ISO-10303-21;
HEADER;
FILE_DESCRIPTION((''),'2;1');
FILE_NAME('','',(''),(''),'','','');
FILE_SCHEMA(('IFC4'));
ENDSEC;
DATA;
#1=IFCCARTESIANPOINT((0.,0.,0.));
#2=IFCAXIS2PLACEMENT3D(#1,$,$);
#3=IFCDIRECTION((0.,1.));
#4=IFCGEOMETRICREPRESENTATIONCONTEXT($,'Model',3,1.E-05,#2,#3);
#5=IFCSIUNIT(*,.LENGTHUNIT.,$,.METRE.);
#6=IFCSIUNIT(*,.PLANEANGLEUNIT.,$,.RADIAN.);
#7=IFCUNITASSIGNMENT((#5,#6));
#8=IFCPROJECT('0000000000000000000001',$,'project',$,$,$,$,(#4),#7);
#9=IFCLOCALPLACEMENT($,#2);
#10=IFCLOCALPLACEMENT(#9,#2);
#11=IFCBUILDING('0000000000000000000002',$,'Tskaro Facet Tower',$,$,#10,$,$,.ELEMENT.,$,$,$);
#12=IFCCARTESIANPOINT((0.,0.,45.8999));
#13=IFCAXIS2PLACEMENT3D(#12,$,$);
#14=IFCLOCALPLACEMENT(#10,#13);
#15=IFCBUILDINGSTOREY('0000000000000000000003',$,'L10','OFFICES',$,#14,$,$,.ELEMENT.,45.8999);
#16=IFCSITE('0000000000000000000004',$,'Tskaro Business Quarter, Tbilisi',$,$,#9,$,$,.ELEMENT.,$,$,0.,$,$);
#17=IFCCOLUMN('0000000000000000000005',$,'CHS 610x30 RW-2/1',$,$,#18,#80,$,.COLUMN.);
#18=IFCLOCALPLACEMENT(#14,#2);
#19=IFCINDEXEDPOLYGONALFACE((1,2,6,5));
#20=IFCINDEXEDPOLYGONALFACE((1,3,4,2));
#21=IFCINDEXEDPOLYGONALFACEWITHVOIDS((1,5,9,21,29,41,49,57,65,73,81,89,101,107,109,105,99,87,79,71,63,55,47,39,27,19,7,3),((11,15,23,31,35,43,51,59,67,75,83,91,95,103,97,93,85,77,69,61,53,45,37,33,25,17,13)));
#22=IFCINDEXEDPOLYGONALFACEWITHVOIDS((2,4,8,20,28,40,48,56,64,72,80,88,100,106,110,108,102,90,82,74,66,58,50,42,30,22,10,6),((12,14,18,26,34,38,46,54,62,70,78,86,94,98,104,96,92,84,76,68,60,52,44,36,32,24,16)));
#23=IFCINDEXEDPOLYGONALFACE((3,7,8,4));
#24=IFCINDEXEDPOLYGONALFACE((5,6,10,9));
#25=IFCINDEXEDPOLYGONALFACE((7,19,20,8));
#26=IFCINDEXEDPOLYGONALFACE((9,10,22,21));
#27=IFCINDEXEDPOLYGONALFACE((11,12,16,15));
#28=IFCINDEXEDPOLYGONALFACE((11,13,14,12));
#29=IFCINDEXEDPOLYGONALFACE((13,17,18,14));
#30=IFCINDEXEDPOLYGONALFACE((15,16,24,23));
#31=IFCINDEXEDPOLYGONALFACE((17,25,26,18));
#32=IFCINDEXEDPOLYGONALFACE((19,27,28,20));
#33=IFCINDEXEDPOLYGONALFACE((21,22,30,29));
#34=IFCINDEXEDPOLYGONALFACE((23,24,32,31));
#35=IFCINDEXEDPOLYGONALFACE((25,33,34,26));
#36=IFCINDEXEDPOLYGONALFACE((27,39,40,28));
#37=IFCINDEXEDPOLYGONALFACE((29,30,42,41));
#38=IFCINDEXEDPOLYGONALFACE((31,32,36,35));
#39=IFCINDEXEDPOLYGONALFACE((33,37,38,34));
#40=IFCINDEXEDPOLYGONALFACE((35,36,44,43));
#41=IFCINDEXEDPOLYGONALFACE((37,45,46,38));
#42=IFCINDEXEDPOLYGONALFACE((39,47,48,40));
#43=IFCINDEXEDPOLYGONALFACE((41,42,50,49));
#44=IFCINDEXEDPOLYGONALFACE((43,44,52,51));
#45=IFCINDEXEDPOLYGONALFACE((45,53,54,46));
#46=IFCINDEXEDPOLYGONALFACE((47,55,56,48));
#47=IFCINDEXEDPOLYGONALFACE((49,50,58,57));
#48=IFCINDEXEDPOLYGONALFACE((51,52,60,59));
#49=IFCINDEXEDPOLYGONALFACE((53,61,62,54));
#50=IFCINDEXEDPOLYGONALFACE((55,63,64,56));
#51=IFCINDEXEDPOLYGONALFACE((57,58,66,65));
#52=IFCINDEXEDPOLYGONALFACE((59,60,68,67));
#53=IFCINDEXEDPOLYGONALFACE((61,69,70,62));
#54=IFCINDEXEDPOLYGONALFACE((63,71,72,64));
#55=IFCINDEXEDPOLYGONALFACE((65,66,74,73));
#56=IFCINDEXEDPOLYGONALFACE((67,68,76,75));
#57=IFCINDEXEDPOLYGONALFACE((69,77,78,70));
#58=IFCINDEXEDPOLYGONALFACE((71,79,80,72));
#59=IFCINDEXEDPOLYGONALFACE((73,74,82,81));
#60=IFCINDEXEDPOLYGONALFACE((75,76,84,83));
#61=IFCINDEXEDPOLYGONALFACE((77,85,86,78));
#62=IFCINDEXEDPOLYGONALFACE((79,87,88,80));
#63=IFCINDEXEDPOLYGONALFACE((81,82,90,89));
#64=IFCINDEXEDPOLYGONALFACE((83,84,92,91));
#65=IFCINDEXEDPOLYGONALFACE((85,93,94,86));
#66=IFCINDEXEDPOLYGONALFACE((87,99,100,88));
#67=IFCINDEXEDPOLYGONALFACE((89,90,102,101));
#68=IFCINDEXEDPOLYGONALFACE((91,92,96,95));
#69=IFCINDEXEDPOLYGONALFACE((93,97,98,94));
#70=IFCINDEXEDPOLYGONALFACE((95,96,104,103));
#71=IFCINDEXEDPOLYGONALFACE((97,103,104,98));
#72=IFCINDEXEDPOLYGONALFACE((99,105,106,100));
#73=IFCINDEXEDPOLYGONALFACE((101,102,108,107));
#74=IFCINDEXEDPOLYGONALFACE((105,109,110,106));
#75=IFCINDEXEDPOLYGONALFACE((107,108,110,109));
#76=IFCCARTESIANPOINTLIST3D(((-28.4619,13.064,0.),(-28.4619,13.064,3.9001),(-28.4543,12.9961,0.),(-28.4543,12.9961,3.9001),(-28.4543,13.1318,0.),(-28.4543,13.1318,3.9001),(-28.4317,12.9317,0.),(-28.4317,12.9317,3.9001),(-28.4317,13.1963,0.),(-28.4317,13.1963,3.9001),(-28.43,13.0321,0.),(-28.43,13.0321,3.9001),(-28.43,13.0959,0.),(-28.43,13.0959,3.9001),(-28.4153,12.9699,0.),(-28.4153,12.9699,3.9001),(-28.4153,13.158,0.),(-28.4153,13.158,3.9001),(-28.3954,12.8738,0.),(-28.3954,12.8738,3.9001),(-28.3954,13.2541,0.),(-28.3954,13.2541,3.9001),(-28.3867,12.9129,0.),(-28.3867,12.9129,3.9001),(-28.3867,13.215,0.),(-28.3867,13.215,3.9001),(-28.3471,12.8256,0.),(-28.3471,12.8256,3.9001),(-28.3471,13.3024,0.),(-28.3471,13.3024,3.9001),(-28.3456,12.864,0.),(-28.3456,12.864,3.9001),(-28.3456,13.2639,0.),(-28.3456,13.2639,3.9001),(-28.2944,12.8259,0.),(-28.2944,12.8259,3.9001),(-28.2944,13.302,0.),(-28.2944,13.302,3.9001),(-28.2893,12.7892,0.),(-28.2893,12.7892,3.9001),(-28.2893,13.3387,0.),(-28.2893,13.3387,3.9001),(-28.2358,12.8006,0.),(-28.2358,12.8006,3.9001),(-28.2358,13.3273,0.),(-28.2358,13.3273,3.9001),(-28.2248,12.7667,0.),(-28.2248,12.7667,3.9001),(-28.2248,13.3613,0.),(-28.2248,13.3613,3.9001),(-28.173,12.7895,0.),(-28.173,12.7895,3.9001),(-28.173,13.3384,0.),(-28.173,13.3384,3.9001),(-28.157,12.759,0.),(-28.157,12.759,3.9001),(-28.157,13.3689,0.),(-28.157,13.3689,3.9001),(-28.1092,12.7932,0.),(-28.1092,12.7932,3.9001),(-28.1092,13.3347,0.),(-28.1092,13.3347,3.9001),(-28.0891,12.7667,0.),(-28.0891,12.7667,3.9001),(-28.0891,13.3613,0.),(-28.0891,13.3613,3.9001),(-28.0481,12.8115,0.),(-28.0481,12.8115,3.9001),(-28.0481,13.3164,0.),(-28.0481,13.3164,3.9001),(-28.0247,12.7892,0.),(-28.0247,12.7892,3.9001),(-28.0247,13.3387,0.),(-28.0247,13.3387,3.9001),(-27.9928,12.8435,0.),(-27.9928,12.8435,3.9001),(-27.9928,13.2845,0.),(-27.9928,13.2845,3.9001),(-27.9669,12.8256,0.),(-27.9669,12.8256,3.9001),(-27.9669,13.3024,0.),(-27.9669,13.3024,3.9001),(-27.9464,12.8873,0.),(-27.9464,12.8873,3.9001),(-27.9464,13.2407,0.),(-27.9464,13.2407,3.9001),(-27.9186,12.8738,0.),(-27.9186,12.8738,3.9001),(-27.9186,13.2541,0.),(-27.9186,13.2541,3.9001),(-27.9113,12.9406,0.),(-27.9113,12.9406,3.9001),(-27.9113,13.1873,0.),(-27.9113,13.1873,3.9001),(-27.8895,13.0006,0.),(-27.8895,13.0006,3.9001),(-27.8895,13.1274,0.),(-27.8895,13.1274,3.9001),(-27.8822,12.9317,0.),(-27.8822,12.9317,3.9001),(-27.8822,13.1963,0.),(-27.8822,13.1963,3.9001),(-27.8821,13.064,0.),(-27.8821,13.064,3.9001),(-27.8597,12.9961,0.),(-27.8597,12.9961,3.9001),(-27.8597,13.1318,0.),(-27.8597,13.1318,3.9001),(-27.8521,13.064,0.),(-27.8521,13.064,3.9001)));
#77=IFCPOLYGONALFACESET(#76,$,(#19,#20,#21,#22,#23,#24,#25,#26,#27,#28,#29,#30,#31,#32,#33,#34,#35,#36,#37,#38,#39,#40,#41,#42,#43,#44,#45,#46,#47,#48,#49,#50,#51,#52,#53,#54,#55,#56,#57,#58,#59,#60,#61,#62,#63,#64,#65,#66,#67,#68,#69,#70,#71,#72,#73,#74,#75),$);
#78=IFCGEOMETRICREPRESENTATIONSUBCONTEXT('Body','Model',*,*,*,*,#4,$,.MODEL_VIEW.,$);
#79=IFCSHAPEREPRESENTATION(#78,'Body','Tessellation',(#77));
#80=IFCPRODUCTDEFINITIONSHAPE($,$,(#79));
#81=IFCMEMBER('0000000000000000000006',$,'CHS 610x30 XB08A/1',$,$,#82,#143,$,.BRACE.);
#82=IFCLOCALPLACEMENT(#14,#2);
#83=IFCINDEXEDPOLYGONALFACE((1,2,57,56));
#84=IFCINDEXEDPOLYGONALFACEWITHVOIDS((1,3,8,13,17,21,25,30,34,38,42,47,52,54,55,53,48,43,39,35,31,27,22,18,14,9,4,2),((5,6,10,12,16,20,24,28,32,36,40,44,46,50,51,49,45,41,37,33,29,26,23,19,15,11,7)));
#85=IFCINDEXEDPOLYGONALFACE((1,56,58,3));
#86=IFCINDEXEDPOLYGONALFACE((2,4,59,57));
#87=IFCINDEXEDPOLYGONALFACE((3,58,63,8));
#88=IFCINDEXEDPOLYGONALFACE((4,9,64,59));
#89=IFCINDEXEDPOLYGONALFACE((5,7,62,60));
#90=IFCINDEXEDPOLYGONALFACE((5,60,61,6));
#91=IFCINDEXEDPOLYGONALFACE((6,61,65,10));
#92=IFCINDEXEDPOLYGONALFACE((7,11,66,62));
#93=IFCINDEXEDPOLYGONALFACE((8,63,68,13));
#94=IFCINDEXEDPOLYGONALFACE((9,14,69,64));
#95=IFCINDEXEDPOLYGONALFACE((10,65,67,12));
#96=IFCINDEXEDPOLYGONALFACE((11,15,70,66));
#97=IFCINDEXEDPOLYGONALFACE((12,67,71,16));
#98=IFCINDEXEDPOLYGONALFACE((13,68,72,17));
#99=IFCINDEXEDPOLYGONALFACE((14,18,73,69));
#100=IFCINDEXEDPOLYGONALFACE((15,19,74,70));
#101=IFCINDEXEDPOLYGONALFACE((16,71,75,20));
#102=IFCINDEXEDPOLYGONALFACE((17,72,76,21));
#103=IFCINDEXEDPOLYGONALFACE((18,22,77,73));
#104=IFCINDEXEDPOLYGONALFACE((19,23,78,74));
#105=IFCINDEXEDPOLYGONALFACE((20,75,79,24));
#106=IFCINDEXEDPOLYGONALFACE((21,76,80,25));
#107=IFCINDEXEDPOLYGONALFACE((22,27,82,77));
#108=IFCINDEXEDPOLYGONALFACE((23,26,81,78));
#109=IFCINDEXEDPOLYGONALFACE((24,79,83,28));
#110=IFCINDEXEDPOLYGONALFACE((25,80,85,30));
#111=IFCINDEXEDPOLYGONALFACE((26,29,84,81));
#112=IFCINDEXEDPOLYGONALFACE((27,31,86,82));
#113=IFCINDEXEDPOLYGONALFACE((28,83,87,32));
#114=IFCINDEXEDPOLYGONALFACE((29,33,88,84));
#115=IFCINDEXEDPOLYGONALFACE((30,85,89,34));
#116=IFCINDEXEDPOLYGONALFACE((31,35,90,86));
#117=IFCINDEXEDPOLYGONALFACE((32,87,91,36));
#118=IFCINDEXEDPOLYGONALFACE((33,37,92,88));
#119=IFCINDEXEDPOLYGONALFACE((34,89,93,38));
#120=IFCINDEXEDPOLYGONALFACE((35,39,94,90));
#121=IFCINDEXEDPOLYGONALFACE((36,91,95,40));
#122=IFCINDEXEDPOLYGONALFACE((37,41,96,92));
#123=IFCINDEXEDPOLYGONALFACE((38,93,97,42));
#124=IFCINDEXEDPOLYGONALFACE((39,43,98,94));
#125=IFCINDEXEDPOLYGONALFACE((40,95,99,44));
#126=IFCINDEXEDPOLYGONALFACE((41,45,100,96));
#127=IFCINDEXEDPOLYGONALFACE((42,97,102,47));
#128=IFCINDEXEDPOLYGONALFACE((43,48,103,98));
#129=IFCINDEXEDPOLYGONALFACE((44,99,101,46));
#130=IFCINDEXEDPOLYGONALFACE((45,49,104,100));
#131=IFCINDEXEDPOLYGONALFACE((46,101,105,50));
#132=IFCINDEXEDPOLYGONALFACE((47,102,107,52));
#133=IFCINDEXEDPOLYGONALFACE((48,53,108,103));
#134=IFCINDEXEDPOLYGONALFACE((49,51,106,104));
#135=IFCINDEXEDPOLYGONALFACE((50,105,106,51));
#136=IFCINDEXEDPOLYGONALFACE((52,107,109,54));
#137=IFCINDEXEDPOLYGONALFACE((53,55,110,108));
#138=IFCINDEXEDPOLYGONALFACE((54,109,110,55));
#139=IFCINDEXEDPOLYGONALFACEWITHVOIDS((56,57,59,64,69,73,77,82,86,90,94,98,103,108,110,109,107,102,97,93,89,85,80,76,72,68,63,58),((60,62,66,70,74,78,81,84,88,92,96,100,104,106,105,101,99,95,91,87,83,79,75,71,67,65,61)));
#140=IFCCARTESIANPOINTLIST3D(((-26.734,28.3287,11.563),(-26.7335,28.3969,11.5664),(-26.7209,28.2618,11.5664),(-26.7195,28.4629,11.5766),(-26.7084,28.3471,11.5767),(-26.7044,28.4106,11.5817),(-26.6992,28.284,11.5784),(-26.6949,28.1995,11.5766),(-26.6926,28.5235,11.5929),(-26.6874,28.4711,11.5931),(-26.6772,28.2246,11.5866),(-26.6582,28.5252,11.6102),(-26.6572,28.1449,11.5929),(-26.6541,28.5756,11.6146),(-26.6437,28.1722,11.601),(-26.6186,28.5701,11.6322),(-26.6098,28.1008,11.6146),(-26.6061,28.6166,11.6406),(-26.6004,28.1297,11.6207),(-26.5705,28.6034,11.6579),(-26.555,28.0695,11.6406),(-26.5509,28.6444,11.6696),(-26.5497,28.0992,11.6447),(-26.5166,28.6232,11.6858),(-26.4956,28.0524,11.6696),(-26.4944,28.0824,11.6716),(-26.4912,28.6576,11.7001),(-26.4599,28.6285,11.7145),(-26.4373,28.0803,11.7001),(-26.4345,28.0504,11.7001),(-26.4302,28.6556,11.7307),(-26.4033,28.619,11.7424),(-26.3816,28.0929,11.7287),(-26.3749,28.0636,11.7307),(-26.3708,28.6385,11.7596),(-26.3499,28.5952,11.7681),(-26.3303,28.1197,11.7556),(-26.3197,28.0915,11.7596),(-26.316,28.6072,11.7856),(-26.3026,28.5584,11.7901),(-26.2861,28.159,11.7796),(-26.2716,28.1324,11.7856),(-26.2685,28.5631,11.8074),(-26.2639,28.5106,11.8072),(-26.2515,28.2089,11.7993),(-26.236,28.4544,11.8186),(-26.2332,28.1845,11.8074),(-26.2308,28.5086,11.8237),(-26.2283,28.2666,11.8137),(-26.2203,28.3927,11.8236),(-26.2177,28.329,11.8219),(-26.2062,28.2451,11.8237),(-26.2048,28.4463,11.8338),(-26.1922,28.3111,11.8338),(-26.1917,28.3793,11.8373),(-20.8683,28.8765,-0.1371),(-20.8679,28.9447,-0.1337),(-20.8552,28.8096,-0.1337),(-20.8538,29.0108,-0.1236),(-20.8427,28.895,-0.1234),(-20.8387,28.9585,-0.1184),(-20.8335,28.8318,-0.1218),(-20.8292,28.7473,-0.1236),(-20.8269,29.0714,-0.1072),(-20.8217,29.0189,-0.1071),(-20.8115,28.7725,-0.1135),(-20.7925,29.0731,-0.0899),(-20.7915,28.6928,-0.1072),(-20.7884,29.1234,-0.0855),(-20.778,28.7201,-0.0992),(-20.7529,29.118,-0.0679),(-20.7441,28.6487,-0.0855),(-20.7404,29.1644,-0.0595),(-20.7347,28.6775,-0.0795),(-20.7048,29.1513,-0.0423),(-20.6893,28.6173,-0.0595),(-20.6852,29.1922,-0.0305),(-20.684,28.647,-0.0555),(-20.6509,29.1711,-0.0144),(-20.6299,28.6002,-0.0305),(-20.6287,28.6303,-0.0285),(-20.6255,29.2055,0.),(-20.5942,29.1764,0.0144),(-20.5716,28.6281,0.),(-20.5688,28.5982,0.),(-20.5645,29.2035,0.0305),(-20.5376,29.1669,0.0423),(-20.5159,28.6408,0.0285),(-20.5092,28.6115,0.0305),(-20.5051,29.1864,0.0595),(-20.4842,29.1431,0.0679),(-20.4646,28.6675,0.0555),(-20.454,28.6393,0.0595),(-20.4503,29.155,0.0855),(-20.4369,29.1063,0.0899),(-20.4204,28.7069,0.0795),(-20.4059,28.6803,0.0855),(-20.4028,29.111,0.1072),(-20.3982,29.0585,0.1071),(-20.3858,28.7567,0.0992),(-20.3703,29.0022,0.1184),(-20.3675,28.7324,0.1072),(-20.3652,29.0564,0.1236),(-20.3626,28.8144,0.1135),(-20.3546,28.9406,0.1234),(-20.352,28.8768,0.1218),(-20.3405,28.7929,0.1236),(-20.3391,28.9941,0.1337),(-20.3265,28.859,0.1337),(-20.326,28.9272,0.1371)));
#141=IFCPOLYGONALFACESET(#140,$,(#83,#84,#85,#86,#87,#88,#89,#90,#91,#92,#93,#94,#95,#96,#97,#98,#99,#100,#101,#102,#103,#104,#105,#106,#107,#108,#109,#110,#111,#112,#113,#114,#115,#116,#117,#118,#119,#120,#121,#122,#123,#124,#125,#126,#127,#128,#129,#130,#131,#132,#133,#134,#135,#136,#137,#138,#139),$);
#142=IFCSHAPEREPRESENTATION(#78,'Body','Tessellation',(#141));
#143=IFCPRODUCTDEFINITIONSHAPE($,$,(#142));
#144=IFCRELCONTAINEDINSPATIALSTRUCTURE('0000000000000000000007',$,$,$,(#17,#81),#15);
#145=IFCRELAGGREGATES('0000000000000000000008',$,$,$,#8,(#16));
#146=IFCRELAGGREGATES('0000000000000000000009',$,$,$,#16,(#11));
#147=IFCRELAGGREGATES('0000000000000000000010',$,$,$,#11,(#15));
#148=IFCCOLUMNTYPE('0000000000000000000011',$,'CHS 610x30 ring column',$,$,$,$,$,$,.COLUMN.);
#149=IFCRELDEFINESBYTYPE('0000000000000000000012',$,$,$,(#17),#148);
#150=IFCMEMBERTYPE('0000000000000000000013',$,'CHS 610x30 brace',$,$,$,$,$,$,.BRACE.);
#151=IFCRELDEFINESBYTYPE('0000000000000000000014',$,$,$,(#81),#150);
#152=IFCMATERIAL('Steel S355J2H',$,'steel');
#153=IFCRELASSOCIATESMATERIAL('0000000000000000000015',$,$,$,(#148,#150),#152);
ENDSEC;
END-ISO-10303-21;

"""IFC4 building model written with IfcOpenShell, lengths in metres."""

from ifc_helpers import new_model, si_unit, direction, frame, origin, origin_2d, place, context, subcontext, project, spatial, hollow_circle, extrude, material, material_profile, profile_set, type_object, element, save


model = new_model("IFC4")

# Units and contexts
model_context = context("Model", 3, precision=1e-05, world=origin(), true_north=direction((0.0, 1.0)))
body_context = subcontext(model_context, "Body", "Model", "MODEL_VIEW")
ifc_project = project(units=[si_unit("LENGTHUNIT", "METRE"), si_unit("PLANEANGLEUNIT", "RADIAN")], contexts=[model_context])

# Site, building, storey
site_placement = place(None, origin())
site = spatial("IfcSite", under=ifc_project, at=site_placement, Name="Tskaro Business Quarter, Tbilisi", CompositionType="ELEMENT", RefElevation=0.0)
building_placement = place(site_placement, origin())
building = spatial("IfcBuilding", under=site, at=building_placement, Name="Tskaro Facet Tower", CompositionType="ELEMENT")
storey_placement = place(building_placement, frame((0.0, 0.0, 45.8999)))
storey = spatial("IfcBuildingStorey", under=building, at=storey_placement, Name="L10", Description="OFFICES", CompositionType="ELEMENT", Elevation=45.8999)

# Column
ifc_material_1 = material(Name="Steel S355J2H", Category="steel")
ifc_material_profile_1 = material_profile(ifc_material_1, hollow_circle(Radius=0.3049, WallThickness=0.03, at=origin_2d()), Name="CHS 610x30")
ifc_profile_set_1 = profile_set([ifc_material_profile_1], Name="Steel S355J2H")
column_type_1 = type_object("IfcColumnType", Name="CHS 610x30 ring column", PredefinedType="COLUMN", material=ifc_profile_set_1)
for number, where, z_axis, x_axis, name in (
    (1, (-28.157, 13.064, 0.0), (0.0, 0.0, 1.0), (1.0, 0.0, 0.0), "CHS 610x30 RW-2/1"),
):
    element("IfcColumn", number, at=place(storey_placement, frame(where, z_axis=z_axis, x_axis=x_axis)), inside=storey, type_object=column_type_1, Name=name, PredefinedType="COLUMN", context=body_context, shape_type="SweptSolid", body=[
        extrude(hollow_circle(Radius=0.3049, WallThickness=0.03, at=origin_2d()), origin(), (0.0, 0.0, 1.0), 3.9001),
    ])

# Member
ifc_material_profile_2 = material_profile(ifc_material_1, hollow_circle(Radius=0.3049, WallThickness=0.03, at=origin_2d()), Name="CHS 610x30")
ifc_profile_set_2 = profile_set([ifc_material_profile_2], Name="Steel S355J2H")
member_type_1 = type_object("IfcMemberType", Name="CHS 610x30 brace", PredefinedType="BRACE", material=ifc_profile_set_2)
member_1_placement = place(storey_placement, frame((-20.5972, 28.9019, 0.0), z_axis=(-0.447776, -0.041822, 0.893167), x_axis=(0.092994, -0.995667, 0.0)))
element("IfcMember", 2, at=member_1_placement, inside=storey, type_object=member_type_1, Name="CHS 610x30 XB08A/1", PredefinedType="BRACE", context=body_context, shape_type="SweptSolid", body=[
    extrude(hollow_circle(Radius=0.3049, WallThickness=0.03, at=origin_2d()), origin(), (0.0, 0.0, 1.0), 13.0996),
])

save(model, "model.ifc")
